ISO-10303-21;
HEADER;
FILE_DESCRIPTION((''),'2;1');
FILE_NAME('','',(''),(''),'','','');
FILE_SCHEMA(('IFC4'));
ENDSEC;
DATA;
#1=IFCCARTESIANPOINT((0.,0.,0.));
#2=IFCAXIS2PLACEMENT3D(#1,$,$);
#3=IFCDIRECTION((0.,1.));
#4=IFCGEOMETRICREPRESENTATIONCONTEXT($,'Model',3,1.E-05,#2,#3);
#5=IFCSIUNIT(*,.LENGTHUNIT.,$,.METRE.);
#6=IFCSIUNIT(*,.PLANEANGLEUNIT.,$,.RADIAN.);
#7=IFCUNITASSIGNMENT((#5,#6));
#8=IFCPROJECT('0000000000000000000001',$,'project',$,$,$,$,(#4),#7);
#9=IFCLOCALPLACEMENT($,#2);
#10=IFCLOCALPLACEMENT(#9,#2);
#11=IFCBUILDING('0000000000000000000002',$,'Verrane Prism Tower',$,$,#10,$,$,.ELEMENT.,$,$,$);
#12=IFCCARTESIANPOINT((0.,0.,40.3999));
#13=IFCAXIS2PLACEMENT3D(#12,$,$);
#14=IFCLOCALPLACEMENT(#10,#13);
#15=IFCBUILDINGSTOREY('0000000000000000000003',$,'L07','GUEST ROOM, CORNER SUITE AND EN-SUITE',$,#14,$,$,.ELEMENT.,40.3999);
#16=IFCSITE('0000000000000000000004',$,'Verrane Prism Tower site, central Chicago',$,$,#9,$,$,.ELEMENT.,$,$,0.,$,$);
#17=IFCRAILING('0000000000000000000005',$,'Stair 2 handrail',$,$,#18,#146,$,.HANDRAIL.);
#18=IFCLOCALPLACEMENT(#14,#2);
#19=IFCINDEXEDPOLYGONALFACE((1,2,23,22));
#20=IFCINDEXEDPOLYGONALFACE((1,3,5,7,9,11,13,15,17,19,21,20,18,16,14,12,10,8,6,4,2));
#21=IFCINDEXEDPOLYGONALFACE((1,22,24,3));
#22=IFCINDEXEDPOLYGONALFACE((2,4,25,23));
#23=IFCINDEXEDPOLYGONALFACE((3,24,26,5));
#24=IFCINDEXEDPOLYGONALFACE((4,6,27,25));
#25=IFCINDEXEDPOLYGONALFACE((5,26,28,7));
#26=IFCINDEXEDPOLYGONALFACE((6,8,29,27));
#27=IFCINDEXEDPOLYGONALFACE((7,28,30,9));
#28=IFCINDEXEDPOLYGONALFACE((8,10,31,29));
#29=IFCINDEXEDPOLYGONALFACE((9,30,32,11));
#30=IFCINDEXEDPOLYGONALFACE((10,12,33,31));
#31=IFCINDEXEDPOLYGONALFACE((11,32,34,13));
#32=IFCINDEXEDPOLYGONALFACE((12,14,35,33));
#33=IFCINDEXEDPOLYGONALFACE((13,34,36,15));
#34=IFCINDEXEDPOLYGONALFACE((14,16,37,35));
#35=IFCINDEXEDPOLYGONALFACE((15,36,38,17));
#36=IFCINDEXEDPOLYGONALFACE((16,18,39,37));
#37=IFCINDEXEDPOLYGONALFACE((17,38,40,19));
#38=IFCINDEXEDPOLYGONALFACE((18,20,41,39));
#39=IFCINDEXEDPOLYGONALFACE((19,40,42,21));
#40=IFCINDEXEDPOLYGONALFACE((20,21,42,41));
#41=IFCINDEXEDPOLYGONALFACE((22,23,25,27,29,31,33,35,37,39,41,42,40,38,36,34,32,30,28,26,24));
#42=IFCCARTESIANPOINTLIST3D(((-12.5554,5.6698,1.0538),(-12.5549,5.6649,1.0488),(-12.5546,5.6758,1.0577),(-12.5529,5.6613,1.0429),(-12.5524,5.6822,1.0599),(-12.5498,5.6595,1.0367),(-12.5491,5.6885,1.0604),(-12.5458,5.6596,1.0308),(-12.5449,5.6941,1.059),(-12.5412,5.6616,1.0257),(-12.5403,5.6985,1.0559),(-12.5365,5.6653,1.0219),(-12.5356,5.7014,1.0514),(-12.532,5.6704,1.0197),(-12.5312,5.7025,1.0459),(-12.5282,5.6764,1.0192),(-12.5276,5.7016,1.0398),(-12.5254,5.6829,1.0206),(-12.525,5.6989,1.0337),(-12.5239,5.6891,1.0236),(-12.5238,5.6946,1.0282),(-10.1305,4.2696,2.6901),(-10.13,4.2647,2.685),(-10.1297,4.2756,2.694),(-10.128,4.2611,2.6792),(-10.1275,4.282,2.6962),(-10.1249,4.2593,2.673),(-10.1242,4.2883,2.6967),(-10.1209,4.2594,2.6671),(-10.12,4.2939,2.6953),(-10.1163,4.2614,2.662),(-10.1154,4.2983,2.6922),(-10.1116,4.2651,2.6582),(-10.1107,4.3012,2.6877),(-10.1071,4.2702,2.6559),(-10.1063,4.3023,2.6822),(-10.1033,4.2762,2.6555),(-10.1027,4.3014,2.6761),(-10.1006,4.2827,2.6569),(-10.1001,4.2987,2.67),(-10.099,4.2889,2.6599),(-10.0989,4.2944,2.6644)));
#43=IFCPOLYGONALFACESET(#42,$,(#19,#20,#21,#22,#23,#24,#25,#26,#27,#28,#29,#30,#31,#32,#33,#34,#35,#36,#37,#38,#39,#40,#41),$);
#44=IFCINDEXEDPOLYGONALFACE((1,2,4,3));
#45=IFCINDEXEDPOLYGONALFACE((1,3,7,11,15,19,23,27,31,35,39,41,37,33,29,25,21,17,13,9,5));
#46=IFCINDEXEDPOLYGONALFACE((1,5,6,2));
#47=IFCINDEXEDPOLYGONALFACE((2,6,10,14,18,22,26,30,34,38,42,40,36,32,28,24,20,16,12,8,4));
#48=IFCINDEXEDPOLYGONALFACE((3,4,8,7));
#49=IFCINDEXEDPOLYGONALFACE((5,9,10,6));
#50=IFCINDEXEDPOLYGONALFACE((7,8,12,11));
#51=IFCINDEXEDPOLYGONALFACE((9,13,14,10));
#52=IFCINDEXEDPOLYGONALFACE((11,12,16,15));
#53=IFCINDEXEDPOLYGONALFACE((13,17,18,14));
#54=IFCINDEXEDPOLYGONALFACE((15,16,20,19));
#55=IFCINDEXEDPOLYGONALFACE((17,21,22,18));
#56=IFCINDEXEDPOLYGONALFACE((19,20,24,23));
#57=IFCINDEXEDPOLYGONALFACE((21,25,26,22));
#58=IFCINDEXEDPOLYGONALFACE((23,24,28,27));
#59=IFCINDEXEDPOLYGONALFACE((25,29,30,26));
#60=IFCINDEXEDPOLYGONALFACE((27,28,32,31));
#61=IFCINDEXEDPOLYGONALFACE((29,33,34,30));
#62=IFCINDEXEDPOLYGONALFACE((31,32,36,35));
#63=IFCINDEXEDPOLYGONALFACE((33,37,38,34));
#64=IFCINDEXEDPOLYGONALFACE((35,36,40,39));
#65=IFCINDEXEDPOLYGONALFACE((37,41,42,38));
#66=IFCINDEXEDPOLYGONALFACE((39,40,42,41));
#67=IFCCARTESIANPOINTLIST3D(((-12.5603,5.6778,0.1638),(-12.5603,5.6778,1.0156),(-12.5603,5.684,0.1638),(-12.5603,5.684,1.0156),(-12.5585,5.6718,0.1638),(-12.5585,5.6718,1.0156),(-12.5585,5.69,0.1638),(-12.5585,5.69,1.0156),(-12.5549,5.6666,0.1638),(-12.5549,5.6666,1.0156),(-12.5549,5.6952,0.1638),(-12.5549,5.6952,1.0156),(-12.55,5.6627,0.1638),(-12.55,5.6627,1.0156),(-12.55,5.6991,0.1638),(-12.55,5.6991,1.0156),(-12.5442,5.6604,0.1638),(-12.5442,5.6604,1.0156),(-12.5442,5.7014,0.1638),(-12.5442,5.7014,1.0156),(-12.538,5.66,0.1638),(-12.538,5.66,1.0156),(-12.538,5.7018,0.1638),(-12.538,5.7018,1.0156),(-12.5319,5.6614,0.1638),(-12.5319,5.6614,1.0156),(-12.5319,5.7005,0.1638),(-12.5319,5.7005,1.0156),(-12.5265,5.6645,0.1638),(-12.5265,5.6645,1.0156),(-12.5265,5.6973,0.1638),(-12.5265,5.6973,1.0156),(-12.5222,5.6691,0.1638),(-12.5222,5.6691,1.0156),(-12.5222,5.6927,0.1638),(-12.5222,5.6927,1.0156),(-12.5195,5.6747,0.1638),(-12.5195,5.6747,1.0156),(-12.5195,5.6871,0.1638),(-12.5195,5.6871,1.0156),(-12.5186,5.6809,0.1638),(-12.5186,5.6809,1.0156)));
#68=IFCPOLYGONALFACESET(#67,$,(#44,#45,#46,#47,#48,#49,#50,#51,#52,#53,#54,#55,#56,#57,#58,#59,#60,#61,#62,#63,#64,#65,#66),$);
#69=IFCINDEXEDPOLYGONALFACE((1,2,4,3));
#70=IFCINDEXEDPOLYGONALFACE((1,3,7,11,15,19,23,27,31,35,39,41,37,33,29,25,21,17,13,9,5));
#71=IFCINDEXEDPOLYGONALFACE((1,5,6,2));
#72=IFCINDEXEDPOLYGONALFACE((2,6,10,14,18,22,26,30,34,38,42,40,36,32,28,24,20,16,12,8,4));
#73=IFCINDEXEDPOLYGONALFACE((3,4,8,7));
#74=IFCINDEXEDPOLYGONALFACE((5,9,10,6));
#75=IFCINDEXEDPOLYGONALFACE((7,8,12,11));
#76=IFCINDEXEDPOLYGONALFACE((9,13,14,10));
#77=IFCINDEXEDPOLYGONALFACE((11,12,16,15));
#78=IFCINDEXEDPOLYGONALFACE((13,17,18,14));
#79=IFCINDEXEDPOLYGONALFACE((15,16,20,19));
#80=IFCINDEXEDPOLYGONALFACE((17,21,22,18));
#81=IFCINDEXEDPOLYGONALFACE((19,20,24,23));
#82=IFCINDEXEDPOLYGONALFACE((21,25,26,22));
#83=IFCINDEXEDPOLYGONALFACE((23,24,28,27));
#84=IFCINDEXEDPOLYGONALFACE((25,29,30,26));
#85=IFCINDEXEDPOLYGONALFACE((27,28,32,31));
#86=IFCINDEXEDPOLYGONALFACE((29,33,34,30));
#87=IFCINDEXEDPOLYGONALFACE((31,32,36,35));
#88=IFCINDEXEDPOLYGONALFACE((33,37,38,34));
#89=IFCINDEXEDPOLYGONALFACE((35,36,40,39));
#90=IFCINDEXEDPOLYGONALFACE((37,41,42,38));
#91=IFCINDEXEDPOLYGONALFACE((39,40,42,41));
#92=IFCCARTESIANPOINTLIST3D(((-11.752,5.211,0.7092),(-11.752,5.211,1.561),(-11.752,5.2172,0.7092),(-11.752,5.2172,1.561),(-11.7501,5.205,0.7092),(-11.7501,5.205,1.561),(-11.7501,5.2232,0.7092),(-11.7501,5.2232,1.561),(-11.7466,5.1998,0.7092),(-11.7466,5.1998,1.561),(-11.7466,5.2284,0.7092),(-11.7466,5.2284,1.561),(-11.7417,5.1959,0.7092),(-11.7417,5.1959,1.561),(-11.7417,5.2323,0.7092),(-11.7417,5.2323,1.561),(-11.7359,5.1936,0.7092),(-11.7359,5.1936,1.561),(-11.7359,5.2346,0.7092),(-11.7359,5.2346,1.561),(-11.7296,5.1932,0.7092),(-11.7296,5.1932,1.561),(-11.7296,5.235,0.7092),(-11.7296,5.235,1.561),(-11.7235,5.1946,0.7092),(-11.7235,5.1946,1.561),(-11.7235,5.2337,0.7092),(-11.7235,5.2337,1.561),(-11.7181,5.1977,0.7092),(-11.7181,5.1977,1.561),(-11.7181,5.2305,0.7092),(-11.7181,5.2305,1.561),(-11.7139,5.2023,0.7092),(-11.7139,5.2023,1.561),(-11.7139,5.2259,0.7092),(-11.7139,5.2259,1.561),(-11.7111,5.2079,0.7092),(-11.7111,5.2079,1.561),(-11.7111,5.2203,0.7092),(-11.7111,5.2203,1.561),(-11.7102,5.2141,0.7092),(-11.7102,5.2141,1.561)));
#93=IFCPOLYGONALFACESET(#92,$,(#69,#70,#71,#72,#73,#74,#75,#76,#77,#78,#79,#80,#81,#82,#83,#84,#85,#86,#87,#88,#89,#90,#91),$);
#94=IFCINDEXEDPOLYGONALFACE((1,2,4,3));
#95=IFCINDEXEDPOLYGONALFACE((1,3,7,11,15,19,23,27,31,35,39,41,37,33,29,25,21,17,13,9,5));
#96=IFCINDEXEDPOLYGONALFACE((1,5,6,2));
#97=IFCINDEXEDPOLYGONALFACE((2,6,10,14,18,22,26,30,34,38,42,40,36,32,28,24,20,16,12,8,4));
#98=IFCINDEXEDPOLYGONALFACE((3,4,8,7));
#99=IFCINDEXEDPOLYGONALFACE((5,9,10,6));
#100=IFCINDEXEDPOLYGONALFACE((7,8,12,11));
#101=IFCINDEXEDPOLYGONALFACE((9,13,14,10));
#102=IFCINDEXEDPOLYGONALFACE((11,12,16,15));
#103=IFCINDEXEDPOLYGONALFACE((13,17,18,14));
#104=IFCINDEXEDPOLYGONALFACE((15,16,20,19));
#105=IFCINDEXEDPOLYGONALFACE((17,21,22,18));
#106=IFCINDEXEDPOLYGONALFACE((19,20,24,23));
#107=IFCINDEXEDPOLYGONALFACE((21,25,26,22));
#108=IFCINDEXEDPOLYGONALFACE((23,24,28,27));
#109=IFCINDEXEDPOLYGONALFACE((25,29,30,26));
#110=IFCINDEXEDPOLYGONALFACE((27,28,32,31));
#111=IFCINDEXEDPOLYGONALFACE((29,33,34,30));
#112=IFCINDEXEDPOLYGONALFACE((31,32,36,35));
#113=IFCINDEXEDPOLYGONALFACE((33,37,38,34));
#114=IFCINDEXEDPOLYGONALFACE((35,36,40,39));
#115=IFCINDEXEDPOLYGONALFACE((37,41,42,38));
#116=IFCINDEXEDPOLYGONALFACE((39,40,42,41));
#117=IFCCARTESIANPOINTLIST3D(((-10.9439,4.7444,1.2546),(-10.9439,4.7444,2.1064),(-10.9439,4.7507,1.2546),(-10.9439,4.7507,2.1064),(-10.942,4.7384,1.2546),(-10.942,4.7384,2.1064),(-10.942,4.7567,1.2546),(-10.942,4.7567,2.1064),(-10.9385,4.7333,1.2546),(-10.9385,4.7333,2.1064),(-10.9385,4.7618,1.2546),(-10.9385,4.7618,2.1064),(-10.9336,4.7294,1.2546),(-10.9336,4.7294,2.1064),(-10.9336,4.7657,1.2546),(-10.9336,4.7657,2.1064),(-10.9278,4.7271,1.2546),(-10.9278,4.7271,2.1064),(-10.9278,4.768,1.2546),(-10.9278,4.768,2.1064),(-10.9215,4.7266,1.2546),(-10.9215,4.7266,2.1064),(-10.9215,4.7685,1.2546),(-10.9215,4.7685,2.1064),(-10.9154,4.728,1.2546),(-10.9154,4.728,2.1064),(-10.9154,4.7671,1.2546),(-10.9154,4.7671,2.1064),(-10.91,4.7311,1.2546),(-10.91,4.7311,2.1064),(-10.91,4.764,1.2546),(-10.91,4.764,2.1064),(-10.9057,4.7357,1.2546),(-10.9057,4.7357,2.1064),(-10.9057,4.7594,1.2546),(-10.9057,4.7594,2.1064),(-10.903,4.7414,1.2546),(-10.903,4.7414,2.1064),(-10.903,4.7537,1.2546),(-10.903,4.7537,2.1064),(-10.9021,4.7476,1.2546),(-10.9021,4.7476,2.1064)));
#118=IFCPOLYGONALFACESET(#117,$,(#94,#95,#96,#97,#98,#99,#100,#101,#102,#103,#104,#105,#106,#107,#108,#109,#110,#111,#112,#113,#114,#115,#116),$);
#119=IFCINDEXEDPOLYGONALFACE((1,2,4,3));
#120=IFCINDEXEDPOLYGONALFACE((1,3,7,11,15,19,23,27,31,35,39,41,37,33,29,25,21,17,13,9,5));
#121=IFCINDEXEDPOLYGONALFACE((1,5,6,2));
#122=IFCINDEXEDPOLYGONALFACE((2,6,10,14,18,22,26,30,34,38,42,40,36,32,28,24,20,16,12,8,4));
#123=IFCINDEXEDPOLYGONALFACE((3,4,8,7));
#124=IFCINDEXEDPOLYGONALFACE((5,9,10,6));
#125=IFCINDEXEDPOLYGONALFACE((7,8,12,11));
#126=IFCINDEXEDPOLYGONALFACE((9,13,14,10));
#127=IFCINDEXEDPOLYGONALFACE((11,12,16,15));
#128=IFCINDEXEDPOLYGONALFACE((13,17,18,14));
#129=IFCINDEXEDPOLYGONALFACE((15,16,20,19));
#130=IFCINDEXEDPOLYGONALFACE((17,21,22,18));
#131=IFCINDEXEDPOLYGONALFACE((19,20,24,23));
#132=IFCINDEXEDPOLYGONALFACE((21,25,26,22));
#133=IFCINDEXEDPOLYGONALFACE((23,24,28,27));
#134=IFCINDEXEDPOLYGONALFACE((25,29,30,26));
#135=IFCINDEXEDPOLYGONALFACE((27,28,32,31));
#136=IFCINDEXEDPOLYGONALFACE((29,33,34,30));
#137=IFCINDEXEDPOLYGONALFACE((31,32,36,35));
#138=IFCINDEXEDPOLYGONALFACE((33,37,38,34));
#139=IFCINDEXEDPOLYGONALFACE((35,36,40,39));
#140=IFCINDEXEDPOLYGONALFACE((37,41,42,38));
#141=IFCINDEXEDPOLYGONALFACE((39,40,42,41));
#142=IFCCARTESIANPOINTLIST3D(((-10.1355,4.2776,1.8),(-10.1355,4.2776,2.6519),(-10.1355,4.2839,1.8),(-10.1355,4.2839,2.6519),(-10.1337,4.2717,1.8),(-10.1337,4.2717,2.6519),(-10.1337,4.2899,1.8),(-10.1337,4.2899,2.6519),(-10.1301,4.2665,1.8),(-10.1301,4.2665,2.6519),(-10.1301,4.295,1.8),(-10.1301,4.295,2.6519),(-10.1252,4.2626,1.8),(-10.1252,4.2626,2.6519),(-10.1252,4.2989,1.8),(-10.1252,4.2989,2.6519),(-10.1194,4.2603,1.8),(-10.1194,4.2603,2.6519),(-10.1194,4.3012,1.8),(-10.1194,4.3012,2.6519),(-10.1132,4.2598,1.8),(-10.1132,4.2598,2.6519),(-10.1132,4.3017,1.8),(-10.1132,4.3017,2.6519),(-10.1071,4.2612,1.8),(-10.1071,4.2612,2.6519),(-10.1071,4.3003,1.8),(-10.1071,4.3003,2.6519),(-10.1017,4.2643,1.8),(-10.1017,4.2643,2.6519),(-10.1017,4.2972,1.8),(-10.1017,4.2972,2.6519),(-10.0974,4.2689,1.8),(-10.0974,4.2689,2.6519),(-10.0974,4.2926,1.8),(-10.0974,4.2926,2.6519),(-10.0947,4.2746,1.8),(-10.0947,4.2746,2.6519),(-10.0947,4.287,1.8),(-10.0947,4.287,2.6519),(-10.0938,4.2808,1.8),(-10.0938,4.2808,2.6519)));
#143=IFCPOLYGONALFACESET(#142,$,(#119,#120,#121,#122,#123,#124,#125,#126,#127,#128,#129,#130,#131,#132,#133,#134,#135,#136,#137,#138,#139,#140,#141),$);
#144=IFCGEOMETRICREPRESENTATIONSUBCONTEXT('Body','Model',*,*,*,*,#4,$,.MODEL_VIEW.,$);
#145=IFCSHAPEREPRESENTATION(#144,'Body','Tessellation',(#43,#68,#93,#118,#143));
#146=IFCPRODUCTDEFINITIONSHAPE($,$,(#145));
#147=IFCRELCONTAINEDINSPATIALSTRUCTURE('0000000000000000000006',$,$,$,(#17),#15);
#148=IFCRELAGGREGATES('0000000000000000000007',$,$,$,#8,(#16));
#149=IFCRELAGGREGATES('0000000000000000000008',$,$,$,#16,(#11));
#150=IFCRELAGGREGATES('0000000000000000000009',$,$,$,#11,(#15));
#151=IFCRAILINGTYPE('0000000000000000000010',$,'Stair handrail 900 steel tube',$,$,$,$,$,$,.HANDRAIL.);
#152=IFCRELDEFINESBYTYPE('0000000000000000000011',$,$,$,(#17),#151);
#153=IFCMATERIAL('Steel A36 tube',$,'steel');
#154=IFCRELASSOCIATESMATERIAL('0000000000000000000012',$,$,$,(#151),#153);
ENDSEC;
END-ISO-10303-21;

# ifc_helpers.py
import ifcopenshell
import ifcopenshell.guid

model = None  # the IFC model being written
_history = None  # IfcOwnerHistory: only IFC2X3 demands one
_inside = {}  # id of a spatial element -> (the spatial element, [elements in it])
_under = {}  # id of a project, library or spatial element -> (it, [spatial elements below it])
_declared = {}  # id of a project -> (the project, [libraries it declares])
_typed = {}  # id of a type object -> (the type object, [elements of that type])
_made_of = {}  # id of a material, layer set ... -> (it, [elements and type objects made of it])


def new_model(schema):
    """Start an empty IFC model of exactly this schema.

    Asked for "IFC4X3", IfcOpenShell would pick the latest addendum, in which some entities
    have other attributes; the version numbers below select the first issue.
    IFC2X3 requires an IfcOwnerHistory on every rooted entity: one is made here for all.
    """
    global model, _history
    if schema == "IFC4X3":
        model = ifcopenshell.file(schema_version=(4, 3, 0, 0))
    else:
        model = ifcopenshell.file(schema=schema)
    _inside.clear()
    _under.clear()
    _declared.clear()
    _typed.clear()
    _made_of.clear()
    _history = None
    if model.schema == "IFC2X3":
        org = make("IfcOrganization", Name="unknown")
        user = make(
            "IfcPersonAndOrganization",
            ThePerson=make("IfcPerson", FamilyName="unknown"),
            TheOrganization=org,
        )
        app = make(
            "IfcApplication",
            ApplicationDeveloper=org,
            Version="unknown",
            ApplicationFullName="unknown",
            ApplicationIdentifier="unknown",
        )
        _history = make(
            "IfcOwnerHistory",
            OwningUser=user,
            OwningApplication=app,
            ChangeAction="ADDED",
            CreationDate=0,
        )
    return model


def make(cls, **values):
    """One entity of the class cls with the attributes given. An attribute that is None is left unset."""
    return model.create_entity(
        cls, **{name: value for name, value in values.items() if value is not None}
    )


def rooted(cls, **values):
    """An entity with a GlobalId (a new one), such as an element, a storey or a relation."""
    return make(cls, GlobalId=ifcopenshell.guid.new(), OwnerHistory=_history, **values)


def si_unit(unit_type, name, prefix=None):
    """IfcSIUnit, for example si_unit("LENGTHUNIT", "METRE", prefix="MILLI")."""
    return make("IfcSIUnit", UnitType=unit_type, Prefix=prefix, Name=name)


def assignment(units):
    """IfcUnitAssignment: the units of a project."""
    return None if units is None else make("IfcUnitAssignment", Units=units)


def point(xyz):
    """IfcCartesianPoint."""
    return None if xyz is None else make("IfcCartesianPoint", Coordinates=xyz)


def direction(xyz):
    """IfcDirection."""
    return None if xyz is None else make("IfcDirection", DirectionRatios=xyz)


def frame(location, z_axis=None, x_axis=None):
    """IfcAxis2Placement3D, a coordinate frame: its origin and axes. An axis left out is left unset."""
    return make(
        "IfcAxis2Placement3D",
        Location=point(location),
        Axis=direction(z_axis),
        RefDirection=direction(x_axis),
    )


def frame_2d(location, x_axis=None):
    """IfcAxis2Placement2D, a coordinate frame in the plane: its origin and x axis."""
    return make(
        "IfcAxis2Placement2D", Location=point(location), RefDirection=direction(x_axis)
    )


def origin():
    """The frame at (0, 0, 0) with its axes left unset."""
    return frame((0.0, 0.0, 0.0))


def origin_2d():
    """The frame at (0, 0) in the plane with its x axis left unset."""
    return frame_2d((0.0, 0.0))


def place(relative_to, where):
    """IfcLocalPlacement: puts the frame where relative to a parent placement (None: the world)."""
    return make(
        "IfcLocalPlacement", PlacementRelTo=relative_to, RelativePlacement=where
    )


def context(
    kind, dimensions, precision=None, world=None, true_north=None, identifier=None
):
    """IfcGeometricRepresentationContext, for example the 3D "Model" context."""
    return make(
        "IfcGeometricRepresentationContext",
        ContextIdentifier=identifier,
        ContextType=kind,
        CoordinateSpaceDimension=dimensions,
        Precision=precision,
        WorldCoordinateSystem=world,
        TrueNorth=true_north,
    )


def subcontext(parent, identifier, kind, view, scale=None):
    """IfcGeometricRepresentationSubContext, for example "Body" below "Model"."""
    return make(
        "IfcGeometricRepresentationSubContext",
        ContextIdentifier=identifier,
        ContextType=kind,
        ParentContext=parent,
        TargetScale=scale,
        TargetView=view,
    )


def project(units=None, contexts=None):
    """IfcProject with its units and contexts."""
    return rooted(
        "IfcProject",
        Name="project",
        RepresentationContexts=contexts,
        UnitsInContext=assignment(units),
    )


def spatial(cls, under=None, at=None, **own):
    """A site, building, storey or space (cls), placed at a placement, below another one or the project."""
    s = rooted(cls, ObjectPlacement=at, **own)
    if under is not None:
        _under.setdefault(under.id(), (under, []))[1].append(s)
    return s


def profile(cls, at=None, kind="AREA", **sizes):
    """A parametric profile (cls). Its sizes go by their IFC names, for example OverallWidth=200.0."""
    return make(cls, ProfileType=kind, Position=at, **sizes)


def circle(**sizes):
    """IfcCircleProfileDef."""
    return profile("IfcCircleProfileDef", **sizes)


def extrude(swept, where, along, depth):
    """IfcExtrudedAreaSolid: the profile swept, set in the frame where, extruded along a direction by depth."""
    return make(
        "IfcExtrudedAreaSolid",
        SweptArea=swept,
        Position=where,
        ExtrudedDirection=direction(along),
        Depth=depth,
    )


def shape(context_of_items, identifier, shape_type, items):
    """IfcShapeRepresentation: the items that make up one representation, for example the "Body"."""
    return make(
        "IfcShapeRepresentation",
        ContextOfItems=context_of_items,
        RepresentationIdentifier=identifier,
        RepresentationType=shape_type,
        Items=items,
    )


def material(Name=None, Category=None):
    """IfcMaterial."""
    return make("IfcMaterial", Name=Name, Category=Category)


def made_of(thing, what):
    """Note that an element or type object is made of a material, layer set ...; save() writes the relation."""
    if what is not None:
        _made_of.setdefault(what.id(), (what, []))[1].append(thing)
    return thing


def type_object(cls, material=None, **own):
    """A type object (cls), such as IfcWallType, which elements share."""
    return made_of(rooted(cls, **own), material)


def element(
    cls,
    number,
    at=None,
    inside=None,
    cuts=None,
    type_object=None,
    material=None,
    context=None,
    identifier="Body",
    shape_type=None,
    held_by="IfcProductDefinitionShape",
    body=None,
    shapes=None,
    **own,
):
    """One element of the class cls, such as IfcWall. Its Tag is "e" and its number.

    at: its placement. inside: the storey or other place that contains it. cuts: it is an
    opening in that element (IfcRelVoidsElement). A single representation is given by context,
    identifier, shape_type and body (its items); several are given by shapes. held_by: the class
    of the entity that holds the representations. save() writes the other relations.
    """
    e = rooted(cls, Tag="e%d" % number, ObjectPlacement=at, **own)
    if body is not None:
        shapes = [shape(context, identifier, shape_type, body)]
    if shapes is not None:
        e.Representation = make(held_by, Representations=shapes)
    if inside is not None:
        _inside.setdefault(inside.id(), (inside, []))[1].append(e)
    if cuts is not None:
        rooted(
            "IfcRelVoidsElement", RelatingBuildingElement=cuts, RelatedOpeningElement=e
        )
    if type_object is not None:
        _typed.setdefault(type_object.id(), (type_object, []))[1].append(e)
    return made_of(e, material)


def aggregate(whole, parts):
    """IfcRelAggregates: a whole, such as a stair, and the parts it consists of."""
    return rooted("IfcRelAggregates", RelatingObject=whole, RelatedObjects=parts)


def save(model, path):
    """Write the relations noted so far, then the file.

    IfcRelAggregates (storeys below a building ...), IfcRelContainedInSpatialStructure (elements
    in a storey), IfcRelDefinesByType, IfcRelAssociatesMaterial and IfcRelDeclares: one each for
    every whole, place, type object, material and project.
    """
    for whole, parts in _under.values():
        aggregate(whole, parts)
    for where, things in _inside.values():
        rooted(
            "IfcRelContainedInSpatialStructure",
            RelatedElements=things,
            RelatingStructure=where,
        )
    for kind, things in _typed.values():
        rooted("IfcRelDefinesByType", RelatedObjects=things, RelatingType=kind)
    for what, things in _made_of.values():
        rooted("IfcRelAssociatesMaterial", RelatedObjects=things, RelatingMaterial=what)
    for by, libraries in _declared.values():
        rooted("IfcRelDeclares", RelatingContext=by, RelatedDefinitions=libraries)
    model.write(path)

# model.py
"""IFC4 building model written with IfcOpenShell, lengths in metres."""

from ifc_helpers import new_model, si_unit, direction, frame, origin, origin_2d, place, context, subcontext, project, spatial, circle, extrude, material, type_object, element, save


model = new_model("IFC4")

# Units and contexts
model_context = context("Model", 3, precision=1e-05, world=origin(), true_north=direction((0.0, 1.0)))
body_context = subcontext(model_context, "Body", "Model", "MODEL_VIEW")
ifc_project = project(units=[si_unit("LENGTHUNIT", "METRE"), si_unit("PLANEANGLEUNIT", "RADIAN")], contexts=[model_context])

# Site, building, storey
site_placement = place(None, origin())
site = spatial("IfcSite", under=ifc_project, at=site_placement, Name="Verrane Prism Tower site, central Chicago", CompositionType="ELEMENT", RefElevation=0.0)
building_placement = place(site_placement, origin())
building = spatial("IfcBuilding", under=site, at=building_placement, Name="Verrane Prism Tower", CompositionType="ELEMENT")
storey_placement = place(building_placement, frame((0.0, 0.0, 40.3999)))
storey = spatial("IfcBuildingStorey", under=building, at=storey_placement, Name="L07", Description="GUEST ROOM, CORNER SUITE AND EN-SUITE", CompositionType="ELEMENT", Elevation=40.3999)

# Railing
ifc_material_1 = material(Name="Steel A36 tube", Category="steel")
railing_type_1 = type_object("IfcRailingType", Name="Stair handrail 900 steel tube", PredefinedType="HANDRAIL", material=ifc_material_1)
railing_1_placement = place(storey_placement, frame((-12.5396, 5.6809, 0.1638)))
element("IfcRailing", 1, at=railing_1_placement, inside=storey, type_object=railing_type_1, Name="Stair 2 handrail", PredefinedType="HANDRAIL", context=body_context, shape_type="SweptSolid", body=[
    extrude(circle(Radius=0.0239, at=origin_2d()), frame((0.0, 0.0, 0.876), z_axis=(0.747694, -0.431738, 0.504535), x_axis=(0.50005, 0.865997, 0.0)), (0.0, 0.0, 1.0), 3.2432),
    extrude(circle(Radius=0.021, at=origin_2d()), origin(), (0.0, 0.0, 1.0), 0.8518),
    extrude(circle(Radius=0.021, at=origin_2d()), frame((0.8083, -0.4668, 0.5454)), (0.0, 0.0, 1.0), 0.8518),
    extrude(circle(Radius=0.021, at=origin_2d()), frame((1.6165, -0.9333, 1.0908)), (0.0, 0.0, 1.0), 0.8518),
    extrude(circle(Radius=0.021, at=origin_2d()), frame((2.4248, -1.4001, 1.6362)), (0.0, 0.0, 1.0), 0.8518),
])

save(model, "model.ifc")
